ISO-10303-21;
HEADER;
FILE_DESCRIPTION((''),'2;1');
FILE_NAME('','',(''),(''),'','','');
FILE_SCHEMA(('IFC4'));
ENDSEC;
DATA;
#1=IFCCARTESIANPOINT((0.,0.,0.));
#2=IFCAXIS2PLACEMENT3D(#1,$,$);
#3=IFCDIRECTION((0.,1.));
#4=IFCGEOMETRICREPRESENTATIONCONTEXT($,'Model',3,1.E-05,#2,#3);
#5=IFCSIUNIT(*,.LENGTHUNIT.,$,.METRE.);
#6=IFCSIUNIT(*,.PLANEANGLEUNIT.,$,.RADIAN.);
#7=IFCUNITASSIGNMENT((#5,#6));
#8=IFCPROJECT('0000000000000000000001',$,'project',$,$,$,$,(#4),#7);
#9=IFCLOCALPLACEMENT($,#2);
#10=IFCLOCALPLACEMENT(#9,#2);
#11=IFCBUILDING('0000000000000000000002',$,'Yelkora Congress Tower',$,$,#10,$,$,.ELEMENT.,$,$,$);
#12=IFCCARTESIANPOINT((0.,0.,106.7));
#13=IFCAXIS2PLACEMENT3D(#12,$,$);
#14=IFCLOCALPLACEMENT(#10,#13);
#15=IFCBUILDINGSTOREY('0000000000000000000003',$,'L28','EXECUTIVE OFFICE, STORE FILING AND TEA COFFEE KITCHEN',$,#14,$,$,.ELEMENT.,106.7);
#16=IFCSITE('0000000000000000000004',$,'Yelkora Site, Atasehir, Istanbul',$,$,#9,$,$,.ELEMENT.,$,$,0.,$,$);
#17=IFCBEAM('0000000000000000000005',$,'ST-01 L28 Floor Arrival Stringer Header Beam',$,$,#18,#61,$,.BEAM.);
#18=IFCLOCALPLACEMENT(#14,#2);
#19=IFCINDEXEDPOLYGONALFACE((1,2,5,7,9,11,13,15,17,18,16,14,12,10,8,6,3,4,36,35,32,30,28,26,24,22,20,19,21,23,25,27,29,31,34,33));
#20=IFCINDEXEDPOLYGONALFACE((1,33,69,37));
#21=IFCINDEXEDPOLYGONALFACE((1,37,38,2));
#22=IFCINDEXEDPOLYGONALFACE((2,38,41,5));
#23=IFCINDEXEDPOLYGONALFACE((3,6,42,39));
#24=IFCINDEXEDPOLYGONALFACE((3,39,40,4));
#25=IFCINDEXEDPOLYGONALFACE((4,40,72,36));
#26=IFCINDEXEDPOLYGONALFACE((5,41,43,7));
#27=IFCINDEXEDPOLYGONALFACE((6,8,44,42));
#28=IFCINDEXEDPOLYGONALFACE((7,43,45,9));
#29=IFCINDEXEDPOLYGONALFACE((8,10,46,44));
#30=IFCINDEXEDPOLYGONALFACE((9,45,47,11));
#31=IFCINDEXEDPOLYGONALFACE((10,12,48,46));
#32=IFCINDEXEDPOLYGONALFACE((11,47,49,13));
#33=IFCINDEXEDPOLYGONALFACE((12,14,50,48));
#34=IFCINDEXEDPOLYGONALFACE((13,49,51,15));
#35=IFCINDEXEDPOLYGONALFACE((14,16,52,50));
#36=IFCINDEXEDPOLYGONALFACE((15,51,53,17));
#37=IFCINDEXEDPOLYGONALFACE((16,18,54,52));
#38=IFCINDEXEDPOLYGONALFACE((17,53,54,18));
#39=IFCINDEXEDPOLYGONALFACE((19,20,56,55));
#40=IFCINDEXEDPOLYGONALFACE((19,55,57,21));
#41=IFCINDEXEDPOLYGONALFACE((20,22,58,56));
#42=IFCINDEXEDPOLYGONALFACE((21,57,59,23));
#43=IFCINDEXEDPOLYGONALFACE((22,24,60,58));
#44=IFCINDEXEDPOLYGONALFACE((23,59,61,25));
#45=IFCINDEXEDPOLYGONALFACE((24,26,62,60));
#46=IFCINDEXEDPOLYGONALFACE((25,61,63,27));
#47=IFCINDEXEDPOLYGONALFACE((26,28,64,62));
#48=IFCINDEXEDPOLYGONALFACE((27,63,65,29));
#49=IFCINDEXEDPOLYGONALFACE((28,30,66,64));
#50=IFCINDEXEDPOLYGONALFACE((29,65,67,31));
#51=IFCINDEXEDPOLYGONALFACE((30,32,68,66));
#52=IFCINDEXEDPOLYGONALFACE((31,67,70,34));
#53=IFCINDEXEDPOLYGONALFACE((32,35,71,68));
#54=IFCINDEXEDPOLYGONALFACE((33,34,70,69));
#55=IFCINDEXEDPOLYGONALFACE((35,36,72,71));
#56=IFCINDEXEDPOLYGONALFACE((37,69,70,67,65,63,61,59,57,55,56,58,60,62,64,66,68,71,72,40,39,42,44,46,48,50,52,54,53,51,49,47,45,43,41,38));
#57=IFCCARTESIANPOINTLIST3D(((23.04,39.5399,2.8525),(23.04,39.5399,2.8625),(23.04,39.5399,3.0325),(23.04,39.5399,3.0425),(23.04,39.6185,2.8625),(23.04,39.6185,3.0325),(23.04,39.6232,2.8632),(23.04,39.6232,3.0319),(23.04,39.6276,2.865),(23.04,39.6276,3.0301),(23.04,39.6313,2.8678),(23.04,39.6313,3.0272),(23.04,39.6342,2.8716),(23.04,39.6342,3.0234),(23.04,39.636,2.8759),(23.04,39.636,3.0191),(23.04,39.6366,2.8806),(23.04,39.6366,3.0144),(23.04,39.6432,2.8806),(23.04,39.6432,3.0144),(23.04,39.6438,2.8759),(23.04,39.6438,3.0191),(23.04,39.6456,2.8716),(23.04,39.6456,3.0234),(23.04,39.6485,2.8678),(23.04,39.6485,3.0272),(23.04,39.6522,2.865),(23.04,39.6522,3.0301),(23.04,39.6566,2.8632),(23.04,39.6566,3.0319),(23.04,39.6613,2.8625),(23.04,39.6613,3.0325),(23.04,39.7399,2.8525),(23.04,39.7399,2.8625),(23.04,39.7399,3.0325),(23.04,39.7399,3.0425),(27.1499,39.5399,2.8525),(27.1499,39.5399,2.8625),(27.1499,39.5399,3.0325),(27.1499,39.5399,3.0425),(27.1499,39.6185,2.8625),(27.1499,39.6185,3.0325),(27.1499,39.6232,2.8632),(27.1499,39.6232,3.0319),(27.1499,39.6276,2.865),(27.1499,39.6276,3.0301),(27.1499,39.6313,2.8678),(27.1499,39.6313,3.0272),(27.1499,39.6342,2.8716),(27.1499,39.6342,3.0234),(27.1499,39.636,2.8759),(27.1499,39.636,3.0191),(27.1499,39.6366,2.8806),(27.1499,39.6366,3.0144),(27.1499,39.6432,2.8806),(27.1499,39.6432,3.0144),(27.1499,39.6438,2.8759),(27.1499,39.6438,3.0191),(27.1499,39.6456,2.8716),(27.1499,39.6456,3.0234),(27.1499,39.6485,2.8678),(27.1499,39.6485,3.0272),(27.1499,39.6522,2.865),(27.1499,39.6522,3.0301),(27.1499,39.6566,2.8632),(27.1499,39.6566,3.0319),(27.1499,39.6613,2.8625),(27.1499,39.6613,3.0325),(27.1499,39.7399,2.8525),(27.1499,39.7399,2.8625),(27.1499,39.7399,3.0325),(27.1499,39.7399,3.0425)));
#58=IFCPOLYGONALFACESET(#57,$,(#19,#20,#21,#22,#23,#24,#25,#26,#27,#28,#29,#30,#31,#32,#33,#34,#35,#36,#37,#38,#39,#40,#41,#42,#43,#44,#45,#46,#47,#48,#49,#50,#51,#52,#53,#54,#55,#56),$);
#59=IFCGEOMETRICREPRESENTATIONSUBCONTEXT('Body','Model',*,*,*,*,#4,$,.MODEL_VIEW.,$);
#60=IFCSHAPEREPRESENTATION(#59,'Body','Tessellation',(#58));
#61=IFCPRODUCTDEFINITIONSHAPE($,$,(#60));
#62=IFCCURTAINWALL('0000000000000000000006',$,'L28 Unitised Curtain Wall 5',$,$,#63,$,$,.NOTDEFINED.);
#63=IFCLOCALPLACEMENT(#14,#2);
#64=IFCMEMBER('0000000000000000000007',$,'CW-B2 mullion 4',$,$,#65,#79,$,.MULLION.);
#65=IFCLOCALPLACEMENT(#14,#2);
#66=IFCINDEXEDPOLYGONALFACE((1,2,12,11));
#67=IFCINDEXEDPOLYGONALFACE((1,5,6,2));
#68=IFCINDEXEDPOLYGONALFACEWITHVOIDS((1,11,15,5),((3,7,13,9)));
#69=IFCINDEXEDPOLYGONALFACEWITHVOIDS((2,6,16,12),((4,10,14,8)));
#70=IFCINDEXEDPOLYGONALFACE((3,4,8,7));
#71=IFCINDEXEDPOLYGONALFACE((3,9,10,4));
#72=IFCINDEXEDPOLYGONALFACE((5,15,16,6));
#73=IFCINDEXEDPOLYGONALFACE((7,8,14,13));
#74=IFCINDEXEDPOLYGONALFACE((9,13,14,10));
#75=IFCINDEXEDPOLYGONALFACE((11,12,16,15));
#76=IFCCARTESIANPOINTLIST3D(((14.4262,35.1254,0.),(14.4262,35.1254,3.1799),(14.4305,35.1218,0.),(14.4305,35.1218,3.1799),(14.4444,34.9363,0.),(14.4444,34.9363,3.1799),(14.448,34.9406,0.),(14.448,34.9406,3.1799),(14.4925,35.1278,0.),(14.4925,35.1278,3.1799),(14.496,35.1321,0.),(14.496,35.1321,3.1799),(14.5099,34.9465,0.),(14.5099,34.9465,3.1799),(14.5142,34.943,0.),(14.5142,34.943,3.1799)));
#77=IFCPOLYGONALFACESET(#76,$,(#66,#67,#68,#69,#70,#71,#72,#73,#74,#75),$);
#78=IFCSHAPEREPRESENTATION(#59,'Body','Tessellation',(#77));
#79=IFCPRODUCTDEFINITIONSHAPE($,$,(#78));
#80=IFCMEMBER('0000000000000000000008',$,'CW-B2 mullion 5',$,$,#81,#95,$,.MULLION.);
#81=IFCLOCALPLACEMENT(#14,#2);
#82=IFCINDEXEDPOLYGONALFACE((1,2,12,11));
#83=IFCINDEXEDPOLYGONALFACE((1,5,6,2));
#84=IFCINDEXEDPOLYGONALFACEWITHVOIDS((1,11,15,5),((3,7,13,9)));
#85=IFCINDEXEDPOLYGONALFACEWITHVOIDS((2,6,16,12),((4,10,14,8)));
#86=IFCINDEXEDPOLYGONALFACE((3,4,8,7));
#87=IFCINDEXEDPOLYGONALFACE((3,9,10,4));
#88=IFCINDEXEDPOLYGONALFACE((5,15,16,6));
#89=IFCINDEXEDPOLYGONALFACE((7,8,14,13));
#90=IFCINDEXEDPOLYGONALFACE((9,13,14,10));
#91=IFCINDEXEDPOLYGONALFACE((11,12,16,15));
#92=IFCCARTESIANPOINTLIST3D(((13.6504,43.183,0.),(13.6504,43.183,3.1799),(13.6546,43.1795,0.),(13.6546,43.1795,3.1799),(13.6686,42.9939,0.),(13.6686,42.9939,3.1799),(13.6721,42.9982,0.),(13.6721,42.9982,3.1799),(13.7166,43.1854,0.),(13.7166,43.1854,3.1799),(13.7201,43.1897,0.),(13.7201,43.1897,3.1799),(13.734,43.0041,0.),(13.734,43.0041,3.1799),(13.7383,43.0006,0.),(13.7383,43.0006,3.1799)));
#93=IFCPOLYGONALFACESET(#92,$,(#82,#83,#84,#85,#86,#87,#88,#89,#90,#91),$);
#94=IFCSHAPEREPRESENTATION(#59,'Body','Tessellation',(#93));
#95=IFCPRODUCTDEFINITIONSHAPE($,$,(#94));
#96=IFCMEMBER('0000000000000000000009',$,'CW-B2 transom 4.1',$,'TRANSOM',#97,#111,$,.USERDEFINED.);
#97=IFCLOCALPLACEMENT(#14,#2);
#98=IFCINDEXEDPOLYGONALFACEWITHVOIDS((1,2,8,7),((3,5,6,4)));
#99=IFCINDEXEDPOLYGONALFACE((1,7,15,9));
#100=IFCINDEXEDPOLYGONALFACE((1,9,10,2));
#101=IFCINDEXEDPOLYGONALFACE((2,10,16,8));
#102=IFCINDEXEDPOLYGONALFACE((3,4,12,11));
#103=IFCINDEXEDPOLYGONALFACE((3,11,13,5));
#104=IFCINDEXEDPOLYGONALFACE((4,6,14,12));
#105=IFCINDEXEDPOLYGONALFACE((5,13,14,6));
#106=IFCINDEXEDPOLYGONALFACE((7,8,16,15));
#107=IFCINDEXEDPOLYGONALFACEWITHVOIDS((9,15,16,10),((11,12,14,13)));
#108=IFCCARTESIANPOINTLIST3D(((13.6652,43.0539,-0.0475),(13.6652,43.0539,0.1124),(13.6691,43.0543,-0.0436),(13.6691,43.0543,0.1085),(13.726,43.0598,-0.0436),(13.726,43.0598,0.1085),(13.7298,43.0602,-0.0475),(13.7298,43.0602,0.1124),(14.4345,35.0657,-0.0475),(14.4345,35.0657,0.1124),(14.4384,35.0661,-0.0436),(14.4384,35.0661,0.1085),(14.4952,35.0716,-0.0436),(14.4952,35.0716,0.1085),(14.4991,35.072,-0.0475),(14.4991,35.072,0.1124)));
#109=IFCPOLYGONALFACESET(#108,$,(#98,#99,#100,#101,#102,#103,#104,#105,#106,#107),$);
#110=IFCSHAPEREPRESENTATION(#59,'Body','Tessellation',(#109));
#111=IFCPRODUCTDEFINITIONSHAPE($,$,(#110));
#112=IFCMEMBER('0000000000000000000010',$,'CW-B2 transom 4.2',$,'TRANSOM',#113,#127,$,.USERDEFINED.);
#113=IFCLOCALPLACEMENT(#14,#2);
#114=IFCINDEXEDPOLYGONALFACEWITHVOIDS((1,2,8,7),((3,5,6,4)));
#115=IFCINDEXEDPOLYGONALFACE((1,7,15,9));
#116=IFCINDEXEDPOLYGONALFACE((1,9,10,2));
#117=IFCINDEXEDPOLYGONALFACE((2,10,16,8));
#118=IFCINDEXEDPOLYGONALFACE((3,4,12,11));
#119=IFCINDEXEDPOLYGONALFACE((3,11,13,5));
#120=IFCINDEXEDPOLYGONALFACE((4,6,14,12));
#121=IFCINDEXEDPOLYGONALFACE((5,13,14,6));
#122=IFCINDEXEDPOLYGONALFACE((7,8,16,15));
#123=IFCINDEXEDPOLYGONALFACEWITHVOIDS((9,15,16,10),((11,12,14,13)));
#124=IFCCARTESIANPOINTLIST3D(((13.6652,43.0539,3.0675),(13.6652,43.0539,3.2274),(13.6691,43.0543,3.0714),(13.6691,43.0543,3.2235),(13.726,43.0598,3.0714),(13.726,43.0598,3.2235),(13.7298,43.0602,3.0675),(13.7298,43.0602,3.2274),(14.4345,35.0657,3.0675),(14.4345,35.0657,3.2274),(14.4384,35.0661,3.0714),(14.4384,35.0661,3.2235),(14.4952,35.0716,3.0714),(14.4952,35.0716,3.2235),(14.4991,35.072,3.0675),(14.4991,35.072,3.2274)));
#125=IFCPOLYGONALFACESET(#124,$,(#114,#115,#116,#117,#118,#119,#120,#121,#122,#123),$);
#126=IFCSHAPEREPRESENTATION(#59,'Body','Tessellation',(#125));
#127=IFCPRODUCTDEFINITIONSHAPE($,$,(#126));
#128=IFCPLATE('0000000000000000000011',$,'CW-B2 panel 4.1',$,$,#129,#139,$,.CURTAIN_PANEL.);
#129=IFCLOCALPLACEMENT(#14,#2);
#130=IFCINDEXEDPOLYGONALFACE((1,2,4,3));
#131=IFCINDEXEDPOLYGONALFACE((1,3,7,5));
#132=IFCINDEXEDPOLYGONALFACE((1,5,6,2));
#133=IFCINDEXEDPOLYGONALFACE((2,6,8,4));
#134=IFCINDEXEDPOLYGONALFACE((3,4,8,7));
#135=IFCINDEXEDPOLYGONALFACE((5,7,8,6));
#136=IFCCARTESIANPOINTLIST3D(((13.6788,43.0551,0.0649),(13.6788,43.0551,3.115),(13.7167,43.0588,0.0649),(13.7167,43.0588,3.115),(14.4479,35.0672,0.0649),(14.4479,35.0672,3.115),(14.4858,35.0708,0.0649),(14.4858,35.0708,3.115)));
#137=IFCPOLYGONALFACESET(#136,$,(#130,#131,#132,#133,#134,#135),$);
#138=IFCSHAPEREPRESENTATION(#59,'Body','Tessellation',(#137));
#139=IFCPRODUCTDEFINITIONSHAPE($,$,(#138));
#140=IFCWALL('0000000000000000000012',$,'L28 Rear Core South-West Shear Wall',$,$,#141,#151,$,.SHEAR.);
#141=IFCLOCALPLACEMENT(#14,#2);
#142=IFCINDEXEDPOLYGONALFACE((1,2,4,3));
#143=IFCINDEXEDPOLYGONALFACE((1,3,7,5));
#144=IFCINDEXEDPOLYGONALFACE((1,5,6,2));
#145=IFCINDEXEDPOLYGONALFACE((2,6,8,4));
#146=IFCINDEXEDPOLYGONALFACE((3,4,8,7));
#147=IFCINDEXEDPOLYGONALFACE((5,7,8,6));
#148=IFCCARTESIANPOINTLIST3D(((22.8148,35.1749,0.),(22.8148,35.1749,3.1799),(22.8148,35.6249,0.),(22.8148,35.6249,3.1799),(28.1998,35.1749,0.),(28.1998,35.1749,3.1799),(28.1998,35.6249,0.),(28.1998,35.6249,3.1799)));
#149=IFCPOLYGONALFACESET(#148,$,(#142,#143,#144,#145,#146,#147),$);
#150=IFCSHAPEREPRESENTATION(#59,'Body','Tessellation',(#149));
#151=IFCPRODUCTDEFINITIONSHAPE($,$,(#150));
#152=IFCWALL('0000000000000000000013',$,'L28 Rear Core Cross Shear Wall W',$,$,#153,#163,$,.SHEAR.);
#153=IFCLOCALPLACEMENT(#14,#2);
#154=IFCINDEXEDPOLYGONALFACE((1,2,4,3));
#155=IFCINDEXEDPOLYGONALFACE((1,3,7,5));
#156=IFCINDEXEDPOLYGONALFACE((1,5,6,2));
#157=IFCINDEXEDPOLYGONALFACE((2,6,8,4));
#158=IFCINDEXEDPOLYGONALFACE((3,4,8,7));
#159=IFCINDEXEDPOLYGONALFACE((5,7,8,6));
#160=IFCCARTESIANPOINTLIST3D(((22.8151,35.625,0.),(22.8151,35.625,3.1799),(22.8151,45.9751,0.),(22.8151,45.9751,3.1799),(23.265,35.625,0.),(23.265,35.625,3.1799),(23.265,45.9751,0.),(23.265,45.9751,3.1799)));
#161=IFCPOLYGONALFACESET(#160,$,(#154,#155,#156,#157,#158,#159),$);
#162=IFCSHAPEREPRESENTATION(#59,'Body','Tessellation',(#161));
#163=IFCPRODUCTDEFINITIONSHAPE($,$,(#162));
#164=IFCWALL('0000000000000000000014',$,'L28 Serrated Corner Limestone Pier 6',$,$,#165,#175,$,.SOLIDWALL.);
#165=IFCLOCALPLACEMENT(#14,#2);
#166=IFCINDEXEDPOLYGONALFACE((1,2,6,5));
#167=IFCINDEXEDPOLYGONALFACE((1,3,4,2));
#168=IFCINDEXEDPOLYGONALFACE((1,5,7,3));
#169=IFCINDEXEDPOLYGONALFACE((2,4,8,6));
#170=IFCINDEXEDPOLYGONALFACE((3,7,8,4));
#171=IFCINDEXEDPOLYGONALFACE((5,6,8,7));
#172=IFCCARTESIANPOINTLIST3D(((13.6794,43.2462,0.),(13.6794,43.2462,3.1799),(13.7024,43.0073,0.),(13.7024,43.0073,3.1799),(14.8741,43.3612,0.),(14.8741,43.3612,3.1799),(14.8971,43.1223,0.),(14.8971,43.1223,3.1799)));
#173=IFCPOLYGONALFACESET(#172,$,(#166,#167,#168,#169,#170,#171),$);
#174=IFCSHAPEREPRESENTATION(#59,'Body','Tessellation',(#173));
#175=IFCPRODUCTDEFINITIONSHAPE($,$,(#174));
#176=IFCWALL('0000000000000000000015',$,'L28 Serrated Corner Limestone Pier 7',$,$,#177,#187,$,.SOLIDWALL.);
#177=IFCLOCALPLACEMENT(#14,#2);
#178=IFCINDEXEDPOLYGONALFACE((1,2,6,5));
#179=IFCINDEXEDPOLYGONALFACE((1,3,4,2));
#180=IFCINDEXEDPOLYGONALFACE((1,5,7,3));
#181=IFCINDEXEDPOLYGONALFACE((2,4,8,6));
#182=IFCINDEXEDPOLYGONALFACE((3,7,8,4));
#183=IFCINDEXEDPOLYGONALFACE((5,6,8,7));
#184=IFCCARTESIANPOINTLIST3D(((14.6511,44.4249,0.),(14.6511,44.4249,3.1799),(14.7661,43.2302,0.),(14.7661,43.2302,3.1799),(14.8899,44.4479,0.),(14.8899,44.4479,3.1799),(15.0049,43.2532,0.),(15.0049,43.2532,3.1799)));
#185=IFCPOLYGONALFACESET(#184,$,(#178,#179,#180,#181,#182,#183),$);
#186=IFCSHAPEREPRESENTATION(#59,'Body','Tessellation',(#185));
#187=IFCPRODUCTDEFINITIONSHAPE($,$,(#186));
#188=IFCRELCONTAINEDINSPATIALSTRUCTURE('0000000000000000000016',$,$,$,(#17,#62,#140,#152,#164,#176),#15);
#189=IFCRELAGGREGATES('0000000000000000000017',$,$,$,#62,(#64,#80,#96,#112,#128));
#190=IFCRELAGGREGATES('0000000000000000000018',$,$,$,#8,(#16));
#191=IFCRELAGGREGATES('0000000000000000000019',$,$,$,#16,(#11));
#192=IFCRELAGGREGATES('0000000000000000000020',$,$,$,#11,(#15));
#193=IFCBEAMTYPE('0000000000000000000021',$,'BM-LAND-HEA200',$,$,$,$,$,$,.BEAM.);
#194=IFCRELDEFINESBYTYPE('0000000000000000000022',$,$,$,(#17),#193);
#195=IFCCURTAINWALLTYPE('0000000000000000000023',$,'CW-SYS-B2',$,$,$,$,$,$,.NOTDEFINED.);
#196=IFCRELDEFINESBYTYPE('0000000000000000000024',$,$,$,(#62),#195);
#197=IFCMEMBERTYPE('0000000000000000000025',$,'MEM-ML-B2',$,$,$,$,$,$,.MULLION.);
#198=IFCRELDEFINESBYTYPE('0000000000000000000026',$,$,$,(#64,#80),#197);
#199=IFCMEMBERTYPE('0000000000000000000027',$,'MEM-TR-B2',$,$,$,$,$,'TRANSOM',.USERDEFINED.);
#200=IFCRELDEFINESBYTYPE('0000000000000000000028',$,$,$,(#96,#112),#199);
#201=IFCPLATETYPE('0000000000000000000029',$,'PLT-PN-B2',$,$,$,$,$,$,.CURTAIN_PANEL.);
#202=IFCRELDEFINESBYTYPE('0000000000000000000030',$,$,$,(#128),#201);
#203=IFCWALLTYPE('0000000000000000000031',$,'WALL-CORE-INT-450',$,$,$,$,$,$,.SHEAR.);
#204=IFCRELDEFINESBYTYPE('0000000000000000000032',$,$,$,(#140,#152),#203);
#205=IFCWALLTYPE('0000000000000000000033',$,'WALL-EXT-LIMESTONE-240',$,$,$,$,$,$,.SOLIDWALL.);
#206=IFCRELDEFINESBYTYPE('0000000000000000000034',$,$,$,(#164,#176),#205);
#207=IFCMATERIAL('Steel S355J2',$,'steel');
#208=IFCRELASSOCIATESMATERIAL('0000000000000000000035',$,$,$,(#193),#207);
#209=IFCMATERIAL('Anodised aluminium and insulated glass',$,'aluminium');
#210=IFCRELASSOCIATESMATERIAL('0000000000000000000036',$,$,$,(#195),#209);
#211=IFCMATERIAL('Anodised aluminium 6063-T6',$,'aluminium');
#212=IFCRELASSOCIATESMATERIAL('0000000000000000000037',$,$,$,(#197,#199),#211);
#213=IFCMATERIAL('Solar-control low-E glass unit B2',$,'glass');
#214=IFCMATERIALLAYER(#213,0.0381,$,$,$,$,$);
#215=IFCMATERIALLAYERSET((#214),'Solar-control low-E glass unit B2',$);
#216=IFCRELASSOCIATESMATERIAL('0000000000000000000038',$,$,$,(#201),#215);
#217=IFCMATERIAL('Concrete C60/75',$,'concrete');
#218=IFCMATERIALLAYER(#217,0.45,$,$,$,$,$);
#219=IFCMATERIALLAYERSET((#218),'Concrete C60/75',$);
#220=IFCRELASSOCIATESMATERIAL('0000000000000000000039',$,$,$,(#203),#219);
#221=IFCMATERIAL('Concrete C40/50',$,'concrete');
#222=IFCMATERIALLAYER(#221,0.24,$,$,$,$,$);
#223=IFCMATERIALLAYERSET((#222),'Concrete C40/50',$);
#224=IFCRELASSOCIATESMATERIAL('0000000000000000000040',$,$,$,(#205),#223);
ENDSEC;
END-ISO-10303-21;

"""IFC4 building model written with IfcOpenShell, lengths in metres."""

from ifc_helpers import new_model, si_unit, direction, frame, frame_2d, origin, origin_2d, place, context, subcontext, project, spatial, rectangle, hollow_rectangle, i_section, extrude, material, layer, layer_set, material_profile, profile_set, type_object, element, aggregate, save


model = new_model("IFC4")

# Units and contexts
model_context = context("Model", 3, precision=1e-05, world=origin(), true_north=direction((0.0, 1.0)))
body_context = subcontext(model_context, "Body", "Model", "MODEL_VIEW")
ifc_project = project(units=[si_unit("LENGTHUNIT", "METRE"), si_unit("PLANEANGLEUNIT", "RADIAN")], contexts=[model_context])

# Site, building, storey
site_placement = place(None, origin())
site = spatial("IfcSite", under=ifc_project, at=site_placement, Name="Yelkora Site, Atasehir, Istanbul", CompositionType="ELEMENT", RefElevation=0.0)
building_placement = place(site_placement, origin())
building = spatial("IfcBuilding", under=site, at=building_placement, Name="Yelkora Congress Tower", CompositionType="ELEMENT")
storey_placement = place(building_placement, frame((0.0, 0.0, 106.7)))
storey = spatial("IfcBuildingStorey", under=building, at=storey_placement, Name="L28", Description="EXECUTIVE OFFICE, STORE FILING AND TEA COFFEE KITCHEN", CompositionType="ELEMENT", Elevation=106.7)

# Beam
ifc_material_1 = material(Name="Steel S355J2", Category="steel")
ifc_material_profile_1 = material_profile(ifc_material_1, i_section(OverallWidth=0.2, OverallDepth=0.1899, WebThickness=0.0066, FlangeThickness=0.01, FilletRadius=0.0181, at=origin_2d()), Name="HEA 200")
ifc_profile_set_1 = profile_set([ifc_material_profile_1], Name="Steel S355J2")
beam_type_1 = type_object("IfcBeamType", Name="BM-LAND-HEA200", PredefinedType="BEAM", material=ifc_profile_set_1)
beam_1_placement = place(storey_placement, frame((23.04, 39.6399, 2.9475), z_axis=(1.0, 0.0, 0.0), x_axis=(0.0, 1.0, 0.0)))
element("IfcBeam", 1, at=beam_1_placement, inside=storey, type_object=beam_type_1, Name="ST-01 L28 Floor Arrival Stringer Header Beam", PredefinedType="BEAM", context=body_context, shape_type="SweptSolid", body=[
    extrude(i_section(OverallWidth=0.2, OverallDepth=0.1899, WebThickness=0.0066, FlangeThickness=0.01, FilletRadius=0.0181, at=origin_2d()), origin(), (0.0, 0.0, 1.0), 4.1099),
])

# Curtain wall, members, plate
ifc_material_2 = material(Name="Anodised aluminium and insulated glass", Category="aluminium")
curtain_wall_type = type_object("IfcCurtainWallType", Name="CW-SYS-B2", PredefinedType="NOTDEFINED", material=ifc_material_2)
curtain_wall_placement = place(storey_placement, origin())
curtain_wall = element("IfcCurtainWall", 2, at=curtain_wall_placement, inside=storey, type_object=curtain_wall_type, Name="L28 Unitised Curtain Wall 5", PredefinedType="NOTDEFINED")
ifc_material_3 = material(Name="Anodised aluminium 6063-T6", Category="aluminium")
ifc_material_profile_2 = material_profile(ifc_material_3, hollow_rectangle(XDim=0.0701, YDim=0.1899, WallThickness=0.0039, at=origin_2d()), Name="ALU 70x190x4")
ifc_profile_set_2 = profile_set([ifc_material_profile_2], Name="Anodised aluminium 6063-T6")
member_type_1 = type_object("IfcMemberType", Name="MEM-ML-B2", PredefinedType="MULLION", material=ifc_profile_set_2)
member_1_placement = place(storey_placement, frame((14.4702, 35.0342, 0.0), z_axis=(0.0, 0.0, 1.0), x_axis=(-0.995397, -0.095843, 0.0)))
member_1 = element("IfcMember", 3, at=member_1_placement, type_object=member_type_1, Name="CW-B2 mullion 4", PredefinedType="MULLION", context=body_context, shape_type="SweptSolid", body=[
    extrude(hollow_rectangle(XDim=0.0701, YDim=0.1899, WallThickness=0.0039, at=origin_2d()), origin(), (0.0, 0.0, 1.0), 3.1799),
])
member_2_placement = place(storey_placement, frame((13.6943, 43.0918, 0.0), z_axis=(0.0, 0.0, 1.0), x_axis=(-0.995397, -0.095843, 0.0)))
member_2 = element("IfcMember", 4, at=member_2_placement, type_object=member_type_1, Name="CW-B2 mullion 5", PredefinedType="MULLION", context=body_context, shape_type="SweptSolid", body=[
    extrude(hollow_rectangle(XDim=0.0701, YDim=0.1899, WallThickness=0.0039, at=origin_2d()), origin(), (0.0, 0.0, 1.0), 3.1799),
])
ifc_material_profile_3 = material_profile(ifc_material_3, hollow_rectangle(XDim=0.0649, YDim=0.1599, WallThickness=0.0039, at=origin_2d()), Name="ALU 65x160x4")
ifc_profile_set_3 = profile_set([ifc_material_profile_3], Name="Anodised aluminium 6063-T6")
member_type_2 = type_object("IfcMemberType", Name="MEM-TR-B2", ElementType="TRANSOM", PredefinedType="USERDEFINED", material=ifc_profile_set_3)
member_3_placement = place(storey_placement, frame((14.4668, 35.0688, 0.0325), z_axis=(-0.095858, 0.995395, 0.0), x_axis=(-0.995395, -0.095858, 0.0)))
member_3 = element("IfcMember", 5, at=member_3_placement, type_object=member_type_2, Name="CW-B2 transom 4.1", ObjectType="TRANSOM", PredefinedType="USERDEFINED", context=body_context, shape_type="SweptSolid", body=[
    extrude(hollow_rectangle(XDim=0.0649, YDim=0.1599, WallThickness=0.0039, at=origin_2d()), origin(), (0.0, 0.0, 1.0), 8.0251),
])
member_4_placement = place(storey_placement, frame((14.4668, 35.0688, 3.1475), z_axis=(-0.095858, 0.995395, 0.0), x_axis=(-0.995395, -0.095858, 0.0)))
member_4 = element("IfcMember", 6, at=member_4_placement, type_object=member_type_2, Name="CW-B2 transom 4.2", ObjectType="TRANSOM", PredefinedType="USERDEFINED", context=body_context, shape_type="SweptSolid", body=[
    extrude(hollow_rectangle(XDim=0.0649, YDim=0.1599, WallThickness=0.0039, at=origin_2d()), origin(), (0.0, 0.0, 1.0), 8.0251),
])
ifc_material_4 = material(Name="Solar-control low-E glass unit B2", Category="glass")
ifc_layer_1 = layer(ifc_material_4, 0.0381)
ifc_layer_set_1 = layer_set([ifc_layer_1], Name="Solar-control low-E glass unit B2")
plate_type = type_object("IfcPlateType", Name="PLT-PN-B2", PredefinedType="CURTAIN_PANEL", material=ifc_layer_set_1)
plate_placement = place(storey_placement, frame((14.0823, 39.063, 0.0649), z_axis=(0.0, 0.0, 1.0), x_axis=(-0.095843, 0.995397, 0.0)))
plate = element("IfcPlate", 7, at=plate_placement, type_object=plate_type, Name="CW-B2 panel 4.1", PredefinedType="CURTAIN_PANEL", context=body_context, shape_type="SweptSolid", body=[
    extrude(rectangle(XDim=8.0249, YDim=0.0381, at=origin_2d()), origin(), (0.0, 0.0, 1.0), 3.05),
])
aggregate(curtain_wall, [member_1, member_2, member_3, member_4, plate])

# Walls
ifc_material_5 = material(Name="Concrete C60/75", Category="concrete")
ifc_layer_2 = layer(ifc_material_5, 0.45)
ifc_layer_set_2 = layer_set([ifc_layer_2], Name="Concrete C60/75")
wall_type_1 = type_object("IfcWallType", Name="WALL-CORE-INT-450", PredefinedType="SHEAR", material=ifc_layer_set_2)
wall_1_placement = place(storey_placement, frame((22.8149, 35.3999, 0.0), z_axis=(0.0, 0.0, 1.0), x_axis=(1.0, 0.0, 0.0)))
element("IfcWall", 8, at=wall_1_placement, inside=storey, type_object=wall_type_1, Name="L28 Rear Core South-West Shear Wall", PredefinedType="SHEAR", context=body_context, shape_type="SweptSolid", body=[
    extrude(rectangle(XDim=5.385, YDim=0.45, at=frame_2d((2.6924, 0.0))), origin(), (0.0, 0.0, 1.0), 3.1799),
])
wall_2_placement = place(storey_placement, frame((23.04, 35.625, 0.0), z_axis=(0.0, 0.0, 1.0), x_axis=(0.0, 1.0, 0.0)))
element("IfcWall", 9, at=wall_2_placement, inside=storey, type_object=wall_type_1, Name="L28 Rear Core Cross Shear Wall W", PredefinedType="SHEAR", context=body_context, shape_type="SweptSolid", body=[
    extrude(rectangle(XDim=10.3501, YDim=0.45, at=frame_2d((5.175, 0.0))), origin(), (0.0, 0.0, 1.0), 3.1799),
])
ifc_material_6 = material(Name="Concrete C40/50", Category="concrete")
ifc_layer_3 = layer(ifc_material_6, 0.24)
ifc_layer_set_3 = layer_set([ifc_layer_3], Name="Concrete C40/50")
wall_type_2 = type_object("IfcWallType", Name="WALL-EXT-LIMESTONE-240", PredefinedType="SOLIDWALL", material=ifc_layer_set_3)
for number, where, z_axis, x_axis, name in (
    (10, (13.6909, 43.1267, 0.0), (0.0, 0.0, 1.0), (0.995399, 0.095817, 0.0), "L28 Serrated Corner Limestone Pier 6"),
    (11, (14.8855, 43.2417, 0.0), (0.0, 0.0, 1.0), (-0.095817, 0.995399, 0.0), "L28 Serrated Corner Limestone Pier 7"),
):
    element("IfcWall", number, at=place(storey_placement, frame(where, z_axis=z_axis, x_axis=x_axis)), inside=storey, type_object=wall_type_2, Name=name, PredefinedType="SOLIDWALL", context=body_context, shape_type="SweptSolid", body=[
        extrude(rectangle(XDim=1.2002, YDim=0.24, at=frame_2d((0.6001, 0.0))), origin(), (0.0, 0.0, 1.0), 3.1799),
    ])

save(model, "model.ifc")
